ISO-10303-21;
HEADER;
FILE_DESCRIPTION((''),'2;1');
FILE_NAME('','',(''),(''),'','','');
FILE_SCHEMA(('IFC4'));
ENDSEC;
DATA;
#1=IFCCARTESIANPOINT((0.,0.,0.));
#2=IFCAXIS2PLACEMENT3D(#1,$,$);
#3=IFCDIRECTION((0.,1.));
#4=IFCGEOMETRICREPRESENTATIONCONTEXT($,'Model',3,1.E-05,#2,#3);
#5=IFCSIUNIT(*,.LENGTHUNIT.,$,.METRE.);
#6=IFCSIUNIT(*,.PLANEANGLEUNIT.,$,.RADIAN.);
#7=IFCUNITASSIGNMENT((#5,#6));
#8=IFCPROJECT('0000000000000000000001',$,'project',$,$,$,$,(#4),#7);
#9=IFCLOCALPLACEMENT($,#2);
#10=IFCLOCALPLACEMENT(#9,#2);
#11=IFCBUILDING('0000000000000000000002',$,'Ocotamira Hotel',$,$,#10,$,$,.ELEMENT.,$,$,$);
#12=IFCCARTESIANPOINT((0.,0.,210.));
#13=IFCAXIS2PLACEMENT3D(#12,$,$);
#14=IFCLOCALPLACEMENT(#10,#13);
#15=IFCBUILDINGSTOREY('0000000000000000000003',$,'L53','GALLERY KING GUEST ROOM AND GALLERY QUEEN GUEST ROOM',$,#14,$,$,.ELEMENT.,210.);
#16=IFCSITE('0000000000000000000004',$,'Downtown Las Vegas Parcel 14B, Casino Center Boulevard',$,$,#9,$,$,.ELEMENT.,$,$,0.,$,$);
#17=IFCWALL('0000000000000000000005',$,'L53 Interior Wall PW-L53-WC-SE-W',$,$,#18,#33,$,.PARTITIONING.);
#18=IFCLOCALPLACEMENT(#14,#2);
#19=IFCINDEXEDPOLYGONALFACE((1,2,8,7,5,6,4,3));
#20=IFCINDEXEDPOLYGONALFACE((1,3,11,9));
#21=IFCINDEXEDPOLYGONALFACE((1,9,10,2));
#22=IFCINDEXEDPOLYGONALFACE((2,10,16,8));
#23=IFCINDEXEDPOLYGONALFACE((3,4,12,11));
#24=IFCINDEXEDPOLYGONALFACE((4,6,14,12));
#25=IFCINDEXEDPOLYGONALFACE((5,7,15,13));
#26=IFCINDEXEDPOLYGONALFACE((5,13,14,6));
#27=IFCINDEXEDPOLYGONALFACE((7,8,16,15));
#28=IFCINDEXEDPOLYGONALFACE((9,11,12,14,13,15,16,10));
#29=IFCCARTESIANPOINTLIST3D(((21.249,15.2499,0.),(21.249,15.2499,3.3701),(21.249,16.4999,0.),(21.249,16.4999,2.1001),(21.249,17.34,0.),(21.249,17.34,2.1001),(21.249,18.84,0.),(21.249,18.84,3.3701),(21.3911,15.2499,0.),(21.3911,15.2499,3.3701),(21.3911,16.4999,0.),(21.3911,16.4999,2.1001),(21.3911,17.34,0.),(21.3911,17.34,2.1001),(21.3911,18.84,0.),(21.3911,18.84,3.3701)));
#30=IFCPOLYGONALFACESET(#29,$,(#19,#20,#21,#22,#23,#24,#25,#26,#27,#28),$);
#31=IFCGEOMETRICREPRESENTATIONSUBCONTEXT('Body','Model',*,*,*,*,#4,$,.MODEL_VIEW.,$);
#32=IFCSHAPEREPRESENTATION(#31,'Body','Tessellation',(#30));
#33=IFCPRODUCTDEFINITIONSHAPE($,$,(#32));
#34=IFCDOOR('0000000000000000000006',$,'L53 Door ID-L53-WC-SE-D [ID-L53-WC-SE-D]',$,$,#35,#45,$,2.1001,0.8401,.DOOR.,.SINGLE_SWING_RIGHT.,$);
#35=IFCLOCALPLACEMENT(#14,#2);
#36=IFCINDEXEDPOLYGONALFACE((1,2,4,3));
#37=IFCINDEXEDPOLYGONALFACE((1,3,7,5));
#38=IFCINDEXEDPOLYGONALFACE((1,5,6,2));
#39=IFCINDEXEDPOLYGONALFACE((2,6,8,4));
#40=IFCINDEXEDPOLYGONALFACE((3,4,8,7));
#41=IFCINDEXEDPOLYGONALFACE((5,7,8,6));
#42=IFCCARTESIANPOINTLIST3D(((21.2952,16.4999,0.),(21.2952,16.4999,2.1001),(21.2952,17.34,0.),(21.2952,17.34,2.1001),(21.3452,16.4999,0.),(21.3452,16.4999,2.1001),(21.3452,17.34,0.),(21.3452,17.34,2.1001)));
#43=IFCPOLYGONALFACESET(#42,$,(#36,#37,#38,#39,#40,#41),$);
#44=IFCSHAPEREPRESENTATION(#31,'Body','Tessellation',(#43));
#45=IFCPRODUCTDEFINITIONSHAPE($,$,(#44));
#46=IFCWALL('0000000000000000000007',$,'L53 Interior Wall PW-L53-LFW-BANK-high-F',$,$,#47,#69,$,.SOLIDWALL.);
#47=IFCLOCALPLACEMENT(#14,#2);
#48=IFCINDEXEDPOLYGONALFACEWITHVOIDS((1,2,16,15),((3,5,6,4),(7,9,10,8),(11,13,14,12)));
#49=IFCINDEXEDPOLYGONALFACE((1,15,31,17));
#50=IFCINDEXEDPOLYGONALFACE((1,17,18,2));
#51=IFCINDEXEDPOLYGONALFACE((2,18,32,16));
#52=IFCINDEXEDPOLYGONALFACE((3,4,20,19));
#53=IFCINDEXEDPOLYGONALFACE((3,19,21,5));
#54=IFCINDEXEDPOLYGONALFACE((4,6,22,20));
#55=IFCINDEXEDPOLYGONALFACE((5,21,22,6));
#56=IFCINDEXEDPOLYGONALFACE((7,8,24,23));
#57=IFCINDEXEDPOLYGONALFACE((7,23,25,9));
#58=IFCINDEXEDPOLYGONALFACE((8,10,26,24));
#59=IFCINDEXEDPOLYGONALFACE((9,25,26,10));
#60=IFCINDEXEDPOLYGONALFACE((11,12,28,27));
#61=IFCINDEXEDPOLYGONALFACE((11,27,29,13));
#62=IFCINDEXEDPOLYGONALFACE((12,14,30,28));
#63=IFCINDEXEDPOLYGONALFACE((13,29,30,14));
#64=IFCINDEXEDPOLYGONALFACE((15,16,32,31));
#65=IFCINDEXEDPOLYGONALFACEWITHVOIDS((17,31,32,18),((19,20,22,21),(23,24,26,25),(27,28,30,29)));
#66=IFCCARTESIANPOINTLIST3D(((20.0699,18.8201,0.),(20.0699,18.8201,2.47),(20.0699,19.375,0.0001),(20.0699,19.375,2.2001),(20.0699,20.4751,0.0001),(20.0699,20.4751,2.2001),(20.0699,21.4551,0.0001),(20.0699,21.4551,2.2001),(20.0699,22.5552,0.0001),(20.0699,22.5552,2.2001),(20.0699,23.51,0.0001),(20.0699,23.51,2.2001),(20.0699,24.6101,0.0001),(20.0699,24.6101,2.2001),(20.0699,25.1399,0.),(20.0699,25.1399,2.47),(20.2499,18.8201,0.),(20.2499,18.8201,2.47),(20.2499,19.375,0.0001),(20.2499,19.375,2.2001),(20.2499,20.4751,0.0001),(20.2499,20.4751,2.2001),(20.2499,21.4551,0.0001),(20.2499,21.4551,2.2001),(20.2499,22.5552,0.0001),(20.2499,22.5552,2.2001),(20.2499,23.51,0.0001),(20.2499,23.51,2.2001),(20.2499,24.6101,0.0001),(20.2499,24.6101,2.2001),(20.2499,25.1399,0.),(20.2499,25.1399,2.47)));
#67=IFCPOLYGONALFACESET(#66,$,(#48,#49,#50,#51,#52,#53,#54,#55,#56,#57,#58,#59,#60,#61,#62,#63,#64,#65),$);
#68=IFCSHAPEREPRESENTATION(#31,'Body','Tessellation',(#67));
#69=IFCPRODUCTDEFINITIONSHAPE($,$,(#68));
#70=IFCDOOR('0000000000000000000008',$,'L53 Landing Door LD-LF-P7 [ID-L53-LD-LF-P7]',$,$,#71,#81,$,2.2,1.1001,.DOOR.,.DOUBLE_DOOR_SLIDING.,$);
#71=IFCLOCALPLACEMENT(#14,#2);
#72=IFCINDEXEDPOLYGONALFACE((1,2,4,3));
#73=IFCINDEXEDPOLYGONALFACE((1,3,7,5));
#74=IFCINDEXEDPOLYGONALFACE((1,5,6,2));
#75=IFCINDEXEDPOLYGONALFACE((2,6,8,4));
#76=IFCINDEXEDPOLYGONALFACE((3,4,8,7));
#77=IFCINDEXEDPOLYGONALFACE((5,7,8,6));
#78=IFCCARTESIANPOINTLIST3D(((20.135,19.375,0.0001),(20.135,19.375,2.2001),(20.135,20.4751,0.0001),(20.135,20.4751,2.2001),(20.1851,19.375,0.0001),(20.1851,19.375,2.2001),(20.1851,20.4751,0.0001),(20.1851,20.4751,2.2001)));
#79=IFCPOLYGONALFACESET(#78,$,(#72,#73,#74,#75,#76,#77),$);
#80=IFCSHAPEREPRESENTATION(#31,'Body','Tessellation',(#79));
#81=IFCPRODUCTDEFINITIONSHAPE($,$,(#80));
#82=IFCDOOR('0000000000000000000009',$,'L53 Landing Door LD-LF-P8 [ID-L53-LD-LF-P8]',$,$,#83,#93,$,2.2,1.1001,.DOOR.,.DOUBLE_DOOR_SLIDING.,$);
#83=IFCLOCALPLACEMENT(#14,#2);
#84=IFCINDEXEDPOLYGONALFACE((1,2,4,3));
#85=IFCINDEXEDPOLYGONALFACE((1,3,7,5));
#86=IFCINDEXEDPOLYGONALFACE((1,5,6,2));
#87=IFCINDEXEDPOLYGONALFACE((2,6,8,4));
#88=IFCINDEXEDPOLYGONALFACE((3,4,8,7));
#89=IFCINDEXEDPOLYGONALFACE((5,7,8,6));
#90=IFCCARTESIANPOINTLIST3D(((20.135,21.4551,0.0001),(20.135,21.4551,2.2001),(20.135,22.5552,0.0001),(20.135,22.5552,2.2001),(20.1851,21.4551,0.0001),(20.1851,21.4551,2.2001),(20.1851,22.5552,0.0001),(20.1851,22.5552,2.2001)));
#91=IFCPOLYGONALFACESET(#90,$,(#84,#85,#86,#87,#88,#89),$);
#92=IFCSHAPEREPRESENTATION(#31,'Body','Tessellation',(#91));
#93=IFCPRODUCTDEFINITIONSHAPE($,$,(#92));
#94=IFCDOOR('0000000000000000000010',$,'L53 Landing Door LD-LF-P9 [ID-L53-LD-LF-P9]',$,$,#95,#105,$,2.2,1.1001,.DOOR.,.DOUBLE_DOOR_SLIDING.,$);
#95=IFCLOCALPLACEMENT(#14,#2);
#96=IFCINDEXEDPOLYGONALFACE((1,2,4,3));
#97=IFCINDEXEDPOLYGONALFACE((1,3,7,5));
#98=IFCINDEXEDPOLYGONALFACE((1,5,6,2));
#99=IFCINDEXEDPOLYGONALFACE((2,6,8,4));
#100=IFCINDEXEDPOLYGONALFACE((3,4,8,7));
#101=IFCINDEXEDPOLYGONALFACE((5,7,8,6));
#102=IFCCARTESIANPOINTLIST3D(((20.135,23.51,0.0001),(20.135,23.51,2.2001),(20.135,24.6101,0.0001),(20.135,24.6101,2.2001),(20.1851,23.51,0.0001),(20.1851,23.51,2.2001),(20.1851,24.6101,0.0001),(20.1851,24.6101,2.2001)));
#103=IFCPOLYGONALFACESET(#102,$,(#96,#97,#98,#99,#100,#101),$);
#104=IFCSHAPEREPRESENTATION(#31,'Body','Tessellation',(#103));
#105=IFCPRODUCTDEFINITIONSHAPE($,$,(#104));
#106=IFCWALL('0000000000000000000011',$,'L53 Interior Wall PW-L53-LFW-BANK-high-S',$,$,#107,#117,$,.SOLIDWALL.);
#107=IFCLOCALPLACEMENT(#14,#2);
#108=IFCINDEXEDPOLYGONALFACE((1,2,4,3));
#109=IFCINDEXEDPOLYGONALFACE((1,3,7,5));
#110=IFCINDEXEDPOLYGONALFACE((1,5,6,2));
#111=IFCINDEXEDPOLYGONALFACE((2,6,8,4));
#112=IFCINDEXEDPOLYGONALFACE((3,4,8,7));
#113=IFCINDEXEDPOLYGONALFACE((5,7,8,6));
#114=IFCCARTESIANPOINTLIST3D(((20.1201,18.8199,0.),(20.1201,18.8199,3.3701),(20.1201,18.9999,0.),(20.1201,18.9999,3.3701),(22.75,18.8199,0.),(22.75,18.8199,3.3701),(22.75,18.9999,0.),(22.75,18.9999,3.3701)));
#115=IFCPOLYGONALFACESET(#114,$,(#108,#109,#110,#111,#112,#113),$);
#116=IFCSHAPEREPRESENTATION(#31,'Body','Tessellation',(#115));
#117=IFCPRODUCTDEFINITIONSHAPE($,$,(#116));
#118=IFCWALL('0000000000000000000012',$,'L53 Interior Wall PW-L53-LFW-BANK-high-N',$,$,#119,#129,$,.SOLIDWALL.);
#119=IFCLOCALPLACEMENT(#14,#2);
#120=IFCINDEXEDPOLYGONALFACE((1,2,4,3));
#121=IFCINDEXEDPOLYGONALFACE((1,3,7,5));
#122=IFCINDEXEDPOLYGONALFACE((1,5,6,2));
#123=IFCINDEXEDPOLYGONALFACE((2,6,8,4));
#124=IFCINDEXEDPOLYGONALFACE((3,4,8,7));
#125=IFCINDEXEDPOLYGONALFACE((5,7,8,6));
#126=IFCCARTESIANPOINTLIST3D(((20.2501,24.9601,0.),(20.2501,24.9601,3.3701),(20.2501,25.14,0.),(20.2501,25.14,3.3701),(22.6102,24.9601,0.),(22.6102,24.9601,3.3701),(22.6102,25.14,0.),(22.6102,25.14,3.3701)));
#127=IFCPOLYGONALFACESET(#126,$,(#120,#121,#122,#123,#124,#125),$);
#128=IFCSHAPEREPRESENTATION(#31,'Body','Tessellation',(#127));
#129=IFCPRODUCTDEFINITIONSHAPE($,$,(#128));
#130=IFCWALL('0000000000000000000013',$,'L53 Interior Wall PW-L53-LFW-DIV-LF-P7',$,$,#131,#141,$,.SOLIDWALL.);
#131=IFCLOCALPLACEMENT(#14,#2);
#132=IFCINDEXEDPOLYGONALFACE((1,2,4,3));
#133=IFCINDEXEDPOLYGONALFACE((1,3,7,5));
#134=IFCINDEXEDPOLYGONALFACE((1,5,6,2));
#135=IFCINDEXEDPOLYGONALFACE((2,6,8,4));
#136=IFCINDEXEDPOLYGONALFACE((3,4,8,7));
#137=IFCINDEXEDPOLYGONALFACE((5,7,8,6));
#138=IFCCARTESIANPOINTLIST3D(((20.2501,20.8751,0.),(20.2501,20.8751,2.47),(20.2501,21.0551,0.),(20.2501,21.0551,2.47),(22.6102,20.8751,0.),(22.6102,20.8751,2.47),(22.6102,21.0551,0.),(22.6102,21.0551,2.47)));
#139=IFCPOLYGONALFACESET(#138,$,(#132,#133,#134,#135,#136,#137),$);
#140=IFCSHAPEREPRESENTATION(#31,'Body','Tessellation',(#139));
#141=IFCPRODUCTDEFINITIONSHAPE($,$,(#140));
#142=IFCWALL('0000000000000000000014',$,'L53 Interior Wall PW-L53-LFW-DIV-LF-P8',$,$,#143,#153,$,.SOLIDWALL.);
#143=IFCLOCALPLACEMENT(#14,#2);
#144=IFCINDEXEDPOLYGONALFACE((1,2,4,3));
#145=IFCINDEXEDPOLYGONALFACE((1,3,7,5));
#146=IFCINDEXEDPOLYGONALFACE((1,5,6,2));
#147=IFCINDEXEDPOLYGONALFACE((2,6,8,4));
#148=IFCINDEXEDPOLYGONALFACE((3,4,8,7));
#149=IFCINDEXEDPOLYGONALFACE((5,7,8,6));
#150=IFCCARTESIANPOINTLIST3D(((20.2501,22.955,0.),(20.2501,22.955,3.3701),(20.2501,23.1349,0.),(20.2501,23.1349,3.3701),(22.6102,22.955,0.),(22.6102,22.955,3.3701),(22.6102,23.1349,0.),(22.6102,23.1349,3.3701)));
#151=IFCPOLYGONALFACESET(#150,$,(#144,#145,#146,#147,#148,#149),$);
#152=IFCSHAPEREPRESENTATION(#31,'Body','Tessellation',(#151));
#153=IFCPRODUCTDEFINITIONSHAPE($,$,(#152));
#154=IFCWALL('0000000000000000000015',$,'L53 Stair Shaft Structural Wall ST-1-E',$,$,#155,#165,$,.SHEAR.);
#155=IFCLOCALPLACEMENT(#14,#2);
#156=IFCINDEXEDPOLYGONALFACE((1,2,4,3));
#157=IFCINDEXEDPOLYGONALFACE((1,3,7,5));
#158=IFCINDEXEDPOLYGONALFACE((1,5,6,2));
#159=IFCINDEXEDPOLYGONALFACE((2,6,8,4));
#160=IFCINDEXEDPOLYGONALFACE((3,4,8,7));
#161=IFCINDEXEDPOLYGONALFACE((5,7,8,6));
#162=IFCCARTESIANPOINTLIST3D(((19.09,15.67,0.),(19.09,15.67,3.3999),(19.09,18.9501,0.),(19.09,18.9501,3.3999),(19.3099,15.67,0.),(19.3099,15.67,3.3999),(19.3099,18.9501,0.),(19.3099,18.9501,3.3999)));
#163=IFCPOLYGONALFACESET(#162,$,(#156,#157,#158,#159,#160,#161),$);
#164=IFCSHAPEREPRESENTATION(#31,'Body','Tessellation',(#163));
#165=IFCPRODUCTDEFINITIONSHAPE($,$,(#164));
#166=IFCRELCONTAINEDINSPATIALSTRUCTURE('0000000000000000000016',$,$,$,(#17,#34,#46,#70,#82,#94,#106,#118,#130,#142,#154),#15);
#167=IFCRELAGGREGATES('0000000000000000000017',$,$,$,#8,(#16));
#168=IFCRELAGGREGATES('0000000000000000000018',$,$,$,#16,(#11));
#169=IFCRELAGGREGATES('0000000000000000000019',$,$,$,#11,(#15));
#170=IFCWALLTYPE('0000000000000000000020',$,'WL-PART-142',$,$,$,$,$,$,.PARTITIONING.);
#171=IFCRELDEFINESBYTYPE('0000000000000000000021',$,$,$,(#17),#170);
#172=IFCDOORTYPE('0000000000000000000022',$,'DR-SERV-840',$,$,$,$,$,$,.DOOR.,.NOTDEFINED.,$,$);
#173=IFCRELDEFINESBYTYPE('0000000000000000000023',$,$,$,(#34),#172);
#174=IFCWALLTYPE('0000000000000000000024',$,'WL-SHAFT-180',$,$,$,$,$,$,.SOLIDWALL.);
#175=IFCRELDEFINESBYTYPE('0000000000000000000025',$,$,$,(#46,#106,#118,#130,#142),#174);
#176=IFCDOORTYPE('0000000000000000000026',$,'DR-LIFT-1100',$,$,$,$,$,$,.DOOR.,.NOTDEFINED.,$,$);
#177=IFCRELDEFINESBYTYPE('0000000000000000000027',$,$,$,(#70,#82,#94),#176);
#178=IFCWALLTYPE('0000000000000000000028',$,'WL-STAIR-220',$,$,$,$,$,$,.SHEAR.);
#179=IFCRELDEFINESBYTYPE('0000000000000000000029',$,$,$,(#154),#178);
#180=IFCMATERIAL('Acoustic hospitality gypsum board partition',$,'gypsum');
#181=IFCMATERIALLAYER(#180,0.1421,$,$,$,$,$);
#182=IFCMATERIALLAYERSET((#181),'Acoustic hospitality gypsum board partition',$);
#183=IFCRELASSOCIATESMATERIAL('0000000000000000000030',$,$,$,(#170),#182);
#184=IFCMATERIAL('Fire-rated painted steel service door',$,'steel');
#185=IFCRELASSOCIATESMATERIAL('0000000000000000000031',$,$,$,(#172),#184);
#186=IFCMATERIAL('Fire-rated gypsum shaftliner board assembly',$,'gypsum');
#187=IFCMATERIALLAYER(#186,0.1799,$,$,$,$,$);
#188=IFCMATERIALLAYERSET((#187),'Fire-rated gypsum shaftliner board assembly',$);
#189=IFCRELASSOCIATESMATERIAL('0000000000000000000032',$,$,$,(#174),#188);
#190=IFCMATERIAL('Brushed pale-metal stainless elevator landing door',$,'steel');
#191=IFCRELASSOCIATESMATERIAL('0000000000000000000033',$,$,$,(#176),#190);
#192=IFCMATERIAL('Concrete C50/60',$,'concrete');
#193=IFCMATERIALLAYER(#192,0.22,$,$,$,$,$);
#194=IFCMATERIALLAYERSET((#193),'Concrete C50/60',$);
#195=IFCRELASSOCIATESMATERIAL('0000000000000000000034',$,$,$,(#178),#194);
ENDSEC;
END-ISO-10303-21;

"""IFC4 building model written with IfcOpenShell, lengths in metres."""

from ifc_helpers import new_model, si_unit, direction, frame, frame_2d, origin, place, context, subcontext, project, spatial, rectangle, extrude, source, transform, mapped, material, layer, layer_set, type_object, element, fill, save


model = new_model("IFC4")

# Units and contexts
model_context = context("Model", 3, precision=1e-05, world=origin(), true_north=direction((0.0, 1.0)))
body_context = subcontext(model_context, "Body", "Model", "MODEL_VIEW")
ifc_project = project(units=[si_unit("LENGTHUNIT", "METRE"), si_unit("PLANEANGLEUNIT", "RADIAN")], contexts=[model_context])

# Site, building, storey
site_placement = place(None, origin())
site = spatial("IfcSite", under=ifc_project, at=site_placement, Name="Downtown Las Vegas Parcel 14B, Casino Center Boulevard", CompositionType="ELEMENT", RefElevation=0.0)
building_placement = place(site_placement, origin())
building = spatial("IfcBuilding", under=site, at=building_placement, Name="Ocotamira Hotel", CompositionType="ELEMENT")
storey_placement = place(building_placement, frame((0.0, 0.0, 210.0)))
storey = spatial("IfcBuildingStorey", under=building, at=storey_placement, Name="L53", Description="GALLERY KING GUEST ROOM AND GALLERY QUEEN GUEST ROOM", CompositionType="ELEMENT", Elevation=210.0)

# Shared definitions
ifc_material_1 = material(Name="Concrete C50/60", Category="concrete")

# Wall, opening, door
ifc_material_2 = material(Name="Acoustic hospitality gypsum board partition", Category="gypsum")
ifc_layer_1 = layer(ifc_material_2, 0.1421)
ifc_layer_set_1 = layer_set([ifc_layer_1], Name="Acoustic hospitality gypsum board partition")
wall_type_1 = type_object("IfcWallType", Name="WL-PART-142", PredefinedType="PARTITIONING", material=ifc_layer_set_1)
wall_1_placement = place(storey_placement, frame((21.3201, 15.25, 0.0), z_axis=(0.0, 0.0, 1.0), x_axis=(0.0, 1.0, 0.0)))
wall_1 = element("IfcWall", 1, at=wall_1_placement, inside=storey, type_object=wall_type_1, Name="L53 Interior Wall PW-L53-WC-SE-W", PredefinedType="PARTITIONING", context=body_context, shape_type="SweptSolid", body=[
    extrude(rectangle(XDim=3.5901, YDim=0.1421, at=frame_2d((1.7949, 0.0))), origin(), (0.0, 0.0, 1.0), 3.3701),
])
opening_1_placement = place(wall_1_placement, frame((1.25, 0.0, 0.0)))
opening_1 = element("IfcOpeningElement", 2, at=opening_1_placement, cuts=wall_1, PredefinedType="OPENING", context=body_context, shape_type="SweptSolid", body=[
    extrude(rectangle(XDim=0.8401, YDim=2.1001, at=frame_2d((0.4199, 1.05))), frame((0.0, 0.0811, 0.0), z_axis=(0.0, -1.0, 0.0), x_axis=(1.0, 0.0, 0.0)), (0.0, 0.0, 1.0), 0.1621),
])
ifc_material_3 = material(Name="Fire-rated painted steel service door", Category="steel")
door_type_1 = type_object("IfcDoorType", Name="DR-SERV-840", OperationType="NOTDEFINED", PredefinedType="DOOR", material=ifc_material_3)
shared_shape_1 = source(origin(), body_context, "Body", "SweptSolid", [
    extrude(rectangle(XDim=0.8401, YDim=2.1001, at=frame_2d((0.4199, 1.05))), frame((0.0, 0.0249, 0.0), z_axis=(0.0, -1.0, 0.0), x_axis=(1.0, 0.0, 0.0)), (0.0, 0.0, 1.0), 0.05),
])
door_1_placement = place(opening_1_placement, origin())
door_1 = element("IfcDoor", 3, at=door_1_placement, inside=storey, type_object=door_type_1, Name="L53 Door ID-L53-WC-SE-D [ID-L53-WC-SE-D]", OperationType="SINGLE_SWING_RIGHT", OverallHeight=2.1001, OverallWidth=0.8401, PredefinedType="DOOR", context=body_context, shape_type="MappedRepresentation", body=[
    mapped(shared_shape_1, transform((0.0, 0.0, 0.0), scale=1.0)),
])
fill(opening_1, door_1)

# Wall, openings, doors
ifc_material_4 = material(Name="Fire-rated gypsum shaftliner board assembly", Category="gypsum")
ifc_layer_2 = layer(ifc_material_4, 0.1799)
ifc_layer_set_2 = layer_set([ifc_layer_2], Name="Fire-rated gypsum shaftliner board assembly")
wall_type_2 = type_object("IfcWallType", Name="WL-SHAFT-180", PredefinedType="SOLIDWALL", material=ifc_layer_set_2)
wall_2_placement = place(storey_placement, frame((20.1599, 18.8201, 0.0), z_axis=(0.0, 0.0, 1.0), x_axis=(0.0, 1.0, 0.0)))
wall_2 = element("IfcWall", 4, at=wall_2_placement, inside=storey, type_object=wall_type_2, Name="L53 Interior Wall PW-L53-LFW-BANK-high-F", PredefinedType="SOLIDWALL", context=body_context, shape_type="SweptSolid", body=[
    extrude(rectangle(XDim=6.3198, YDim=0.1799, at=frame_2d((3.1599, 0.0))), origin(), (0.0, 0.0, 1.0), 2.47),
])
opening_2_placement = place(wall_2_placement, frame((0.5549, 0.0, 0.0)))
opening_2 = element("IfcOpeningElement", 5, at=opening_2_placement, cuts=wall_2, PredefinedType="OPENING", context=body_context, shape_type="SweptSolid", body=[
    extrude(rectangle(XDim=1.1001, YDim=2.2, at=frame_2d((0.55, 1.1001))), frame((0.0, 0.1001, 0.0), z_axis=(0.0, -1.0, 0.0), x_axis=(1.0, 0.0, 0.0)), (0.0, 0.0, 1.0), 0.2),
])
opening_3_placement = place(wall_2_placement, frame((2.635, 0.0, 0.0)))
opening_3 = element("IfcOpeningElement", 6, at=opening_3_placement, cuts=wall_2, PredefinedType="OPENING", context=body_context, shape_type="SweptSolid", body=[
    extrude(rectangle(XDim=1.1001, YDim=2.2, at=frame_2d((0.55, 1.1001))), frame((0.0, 0.1001, 0.0), z_axis=(0.0, -1.0, 0.0), x_axis=(1.0, 0.0, 0.0)), (0.0, 0.0, 1.0), 0.2),
])
opening_4_placement = place(wall_2_placement, frame((4.6899, 0.0, 0.0)))
opening_4 = element("IfcOpeningElement", 7, at=opening_4_placement, cuts=wall_2, PredefinedType="OPENING", context=body_context, shape_type="SweptSolid", body=[
    extrude(rectangle(XDim=1.1001, YDim=2.2, at=frame_2d((0.55, 1.1001))), frame((0.0, 0.1001, 0.0), z_axis=(0.0, -1.0, 0.0), x_axis=(1.0, 0.0, 0.0)), (0.0, 0.0, 1.0), 0.2),
])
ifc_material_5 = material(Name="Brushed pale-metal stainless elevator landing door", Category="steel")
door_type_2 = type_object("IfcDoorType", Name="DR-LIFT-1100", OperationType="NOTDEFINED", PredefinedType="DOOR", material=ifc_material_5)
shared_shape_2 = source(origin(), body_context, "Body", "SweptSolid", [
    extrude(rectangle(XDim=1.1001, YDim=2.2, at=frame_2d((0.55, 1.1001))), frame((0.0, 0.0249, 0.0), z_axis=(0.0, -1.0, 0.0), x_axis=(1.0, 0.0, 0.0)), (0.0, 0.0, 1.0), 0.05),
])
door_2_placement = place(opening_2_placement, origin())
door_2 = element("IfcDoor", 8, at=door_2_placement, inside=storey, type_object=door_type_2, Name="L53 Landing Door LD-LF-P7 [ID-L53-LD-LF-P7]", OperationType="DOUBLE_DOOR_SLIDING", OverallHeight=2.2, OverallWidth=1.1001, PredefinedType="DOOR", context=body_context, shape_type="MappedRepresentation", body=[
    mapped(shared_shape_2, transform((0.0, 0.0, 0.0), scale=1.0)),
])
fill(opening_2, door_2)
door_3_placement = place(opening_3_placement, origin())
door_3 = element("IfcDoor", 9, at=door_3_placement, inside=storey, type_object=door_type_2, Name="L53 Landing Door LD-LF-P8 [ID-L53-LD-LF-P8]", OperationType="DOUBLE_DOOR_SLIDING", OverallHeight=2.2, OverallWidth=1.1001, PredefinedType="DOOR", context=body_context, shape_type="MappedRepresentation", body=[
    mapped(shared_shape_2, transform((0.0, 0.0, 0.0), scale=1.0)),
])
fill(opening_3, door_3)
door_4_placement = place(opening_4_placement, origin())
door_4 = element("IfcDoor", 10, at=door_4_placement, inside=storey, type_object=door_type_2, Name="L53 Landing Door LD-LF-P9 [ID-L53-LD-LF-P9]", OperationType="DOUBLE_DOOR_SLIDING", OverallHeight=2.2, OverallWidth=1.1001, PredefinedType="DOOR", context=body_context, shape_type="MappedRepresentation", body=[
    mapped(shared_shape_2, transform((0.0, 0.0, 0.0), scale=1.0)),
])
fill(opening_4, door_4)

# Walls
wall_3_placement = place(storey_placement, frame((20.1201, 18.9099, 0.0), z_axis=(0.0, 0.0, 1.0), x_axis=(1.0, 0.0, 0.0)))
element("IfcWall", 11, at=wall_3_placement, inside=storey, type_object=wall_type_2, Name="L53 Interior Wall PW-L53-LFW-BANK-high-S", PredefinedType="SOLIDWALL", context=body_context, shape_type="SweptSolid", body=[
    extrude(rectangle(XDim=2.6299, YDim=0.1799, at=frame_2d((1.3149, 0.0))), origin(), (0.0, 0.0, 1.0), 3.3701),
])
wall_4_placement = place(storey_placement, frame((20.25, 25.05, 0.0), z_axis=(0.0, 0.0, 1.0), x_axis=(1.0, 0.0, 0.0)))
element("IfcWall", 12, at=wall_4_placement, inside=storey, type_object=wall_type_2, Name="L53 Interior Wall PW-L53-LFW-BANK-high-N", PredefinedType="SOLIDWALL", context=body_context, shape_type="SweptSolid", body=[
    extrude(rectangle(XDim=2.3601, YDim=0.1799, at=frame_2d((1.1802, 0.0))), origin(), (0.0, 0.0, 1.0), 3.3701),
])
wall_5_placement = place(storey_placement, frame((20.25, 20.9651, 0.0), z_axis=(0.0, 0.0, 1.0), x_axis=(1.0, 0.0, 0.0)))
element("IfcWall", 13, at=wall_5_placement, inside=storey, type_object=wall_type_2, Name="L53 Interior Wall PW-L53-LFW-DIV-LF-P7", PredefinedType="SOLIDWALL", context=body_context, shape_type="SweptSolid", body=[
    extrude(rectangle(XDim=2.3601, YDim=0.1799, at=frame_2d((1.1802, 0.0))), origin(), (0.0, 0.0, 1.0), 2.47),
])
wall_6_placement = place(storey_placement, frame((20.25, 23.0449, 0.0), z_axis=(0.0, 0.0, 1.0), x_axis=(1.0, 0.0, 0.0)))
element("IfcWall", 14, at=wall_6_placement, inside=storey, type_object=wall_type_2, Name="L53 Interior Wall PW-L53-LFW-DIV-LF-P8", PredefinedType="SOLIDWALL", context=body_context, shape_type="SweptSolid", body=[
    extrude(rectangle(XDim=2.3601, YDim=0.1799, at=frame_2d((1.1802, 0.0))), origin(), (0.0, 0.0, 1.0), 3.3701),
])
ifc_layer_3 = layer(ifc_material_1, 0.22)
ifc_layer_set_3 = layer_set([ifc_layer_3], Name="Concrete C50/60")
wall_type_3 = type_object("IfcWallType", Name="WL-STAIR-220", PredefinedType="SHEAR", material=ifc_layer_set_3)
wall_7_placement = place(storey_placement, frame((19.2, 15.6699, 0.0), z_axis=(0.0, 0.0, 1.0), x_axis=(0.0, 1.0, 0.0)))
element("IfcWall", 15, at=wall_7_placement, inside=storey, type_object=wall_type_3, Name="L53 Stair Shaft Structural Wall ST-1-E", PredefinedType="SHEAR", context=body_context, shape_type="SweptSolid", body=[
    extrude(rectangle(XDim=3.28, YDim=0.22, at=frame_2d((1.6401, 0.0))), origin(), (0.0, 0.0, 1.0), 3.3999),
])

save(model, "model.ifc")
